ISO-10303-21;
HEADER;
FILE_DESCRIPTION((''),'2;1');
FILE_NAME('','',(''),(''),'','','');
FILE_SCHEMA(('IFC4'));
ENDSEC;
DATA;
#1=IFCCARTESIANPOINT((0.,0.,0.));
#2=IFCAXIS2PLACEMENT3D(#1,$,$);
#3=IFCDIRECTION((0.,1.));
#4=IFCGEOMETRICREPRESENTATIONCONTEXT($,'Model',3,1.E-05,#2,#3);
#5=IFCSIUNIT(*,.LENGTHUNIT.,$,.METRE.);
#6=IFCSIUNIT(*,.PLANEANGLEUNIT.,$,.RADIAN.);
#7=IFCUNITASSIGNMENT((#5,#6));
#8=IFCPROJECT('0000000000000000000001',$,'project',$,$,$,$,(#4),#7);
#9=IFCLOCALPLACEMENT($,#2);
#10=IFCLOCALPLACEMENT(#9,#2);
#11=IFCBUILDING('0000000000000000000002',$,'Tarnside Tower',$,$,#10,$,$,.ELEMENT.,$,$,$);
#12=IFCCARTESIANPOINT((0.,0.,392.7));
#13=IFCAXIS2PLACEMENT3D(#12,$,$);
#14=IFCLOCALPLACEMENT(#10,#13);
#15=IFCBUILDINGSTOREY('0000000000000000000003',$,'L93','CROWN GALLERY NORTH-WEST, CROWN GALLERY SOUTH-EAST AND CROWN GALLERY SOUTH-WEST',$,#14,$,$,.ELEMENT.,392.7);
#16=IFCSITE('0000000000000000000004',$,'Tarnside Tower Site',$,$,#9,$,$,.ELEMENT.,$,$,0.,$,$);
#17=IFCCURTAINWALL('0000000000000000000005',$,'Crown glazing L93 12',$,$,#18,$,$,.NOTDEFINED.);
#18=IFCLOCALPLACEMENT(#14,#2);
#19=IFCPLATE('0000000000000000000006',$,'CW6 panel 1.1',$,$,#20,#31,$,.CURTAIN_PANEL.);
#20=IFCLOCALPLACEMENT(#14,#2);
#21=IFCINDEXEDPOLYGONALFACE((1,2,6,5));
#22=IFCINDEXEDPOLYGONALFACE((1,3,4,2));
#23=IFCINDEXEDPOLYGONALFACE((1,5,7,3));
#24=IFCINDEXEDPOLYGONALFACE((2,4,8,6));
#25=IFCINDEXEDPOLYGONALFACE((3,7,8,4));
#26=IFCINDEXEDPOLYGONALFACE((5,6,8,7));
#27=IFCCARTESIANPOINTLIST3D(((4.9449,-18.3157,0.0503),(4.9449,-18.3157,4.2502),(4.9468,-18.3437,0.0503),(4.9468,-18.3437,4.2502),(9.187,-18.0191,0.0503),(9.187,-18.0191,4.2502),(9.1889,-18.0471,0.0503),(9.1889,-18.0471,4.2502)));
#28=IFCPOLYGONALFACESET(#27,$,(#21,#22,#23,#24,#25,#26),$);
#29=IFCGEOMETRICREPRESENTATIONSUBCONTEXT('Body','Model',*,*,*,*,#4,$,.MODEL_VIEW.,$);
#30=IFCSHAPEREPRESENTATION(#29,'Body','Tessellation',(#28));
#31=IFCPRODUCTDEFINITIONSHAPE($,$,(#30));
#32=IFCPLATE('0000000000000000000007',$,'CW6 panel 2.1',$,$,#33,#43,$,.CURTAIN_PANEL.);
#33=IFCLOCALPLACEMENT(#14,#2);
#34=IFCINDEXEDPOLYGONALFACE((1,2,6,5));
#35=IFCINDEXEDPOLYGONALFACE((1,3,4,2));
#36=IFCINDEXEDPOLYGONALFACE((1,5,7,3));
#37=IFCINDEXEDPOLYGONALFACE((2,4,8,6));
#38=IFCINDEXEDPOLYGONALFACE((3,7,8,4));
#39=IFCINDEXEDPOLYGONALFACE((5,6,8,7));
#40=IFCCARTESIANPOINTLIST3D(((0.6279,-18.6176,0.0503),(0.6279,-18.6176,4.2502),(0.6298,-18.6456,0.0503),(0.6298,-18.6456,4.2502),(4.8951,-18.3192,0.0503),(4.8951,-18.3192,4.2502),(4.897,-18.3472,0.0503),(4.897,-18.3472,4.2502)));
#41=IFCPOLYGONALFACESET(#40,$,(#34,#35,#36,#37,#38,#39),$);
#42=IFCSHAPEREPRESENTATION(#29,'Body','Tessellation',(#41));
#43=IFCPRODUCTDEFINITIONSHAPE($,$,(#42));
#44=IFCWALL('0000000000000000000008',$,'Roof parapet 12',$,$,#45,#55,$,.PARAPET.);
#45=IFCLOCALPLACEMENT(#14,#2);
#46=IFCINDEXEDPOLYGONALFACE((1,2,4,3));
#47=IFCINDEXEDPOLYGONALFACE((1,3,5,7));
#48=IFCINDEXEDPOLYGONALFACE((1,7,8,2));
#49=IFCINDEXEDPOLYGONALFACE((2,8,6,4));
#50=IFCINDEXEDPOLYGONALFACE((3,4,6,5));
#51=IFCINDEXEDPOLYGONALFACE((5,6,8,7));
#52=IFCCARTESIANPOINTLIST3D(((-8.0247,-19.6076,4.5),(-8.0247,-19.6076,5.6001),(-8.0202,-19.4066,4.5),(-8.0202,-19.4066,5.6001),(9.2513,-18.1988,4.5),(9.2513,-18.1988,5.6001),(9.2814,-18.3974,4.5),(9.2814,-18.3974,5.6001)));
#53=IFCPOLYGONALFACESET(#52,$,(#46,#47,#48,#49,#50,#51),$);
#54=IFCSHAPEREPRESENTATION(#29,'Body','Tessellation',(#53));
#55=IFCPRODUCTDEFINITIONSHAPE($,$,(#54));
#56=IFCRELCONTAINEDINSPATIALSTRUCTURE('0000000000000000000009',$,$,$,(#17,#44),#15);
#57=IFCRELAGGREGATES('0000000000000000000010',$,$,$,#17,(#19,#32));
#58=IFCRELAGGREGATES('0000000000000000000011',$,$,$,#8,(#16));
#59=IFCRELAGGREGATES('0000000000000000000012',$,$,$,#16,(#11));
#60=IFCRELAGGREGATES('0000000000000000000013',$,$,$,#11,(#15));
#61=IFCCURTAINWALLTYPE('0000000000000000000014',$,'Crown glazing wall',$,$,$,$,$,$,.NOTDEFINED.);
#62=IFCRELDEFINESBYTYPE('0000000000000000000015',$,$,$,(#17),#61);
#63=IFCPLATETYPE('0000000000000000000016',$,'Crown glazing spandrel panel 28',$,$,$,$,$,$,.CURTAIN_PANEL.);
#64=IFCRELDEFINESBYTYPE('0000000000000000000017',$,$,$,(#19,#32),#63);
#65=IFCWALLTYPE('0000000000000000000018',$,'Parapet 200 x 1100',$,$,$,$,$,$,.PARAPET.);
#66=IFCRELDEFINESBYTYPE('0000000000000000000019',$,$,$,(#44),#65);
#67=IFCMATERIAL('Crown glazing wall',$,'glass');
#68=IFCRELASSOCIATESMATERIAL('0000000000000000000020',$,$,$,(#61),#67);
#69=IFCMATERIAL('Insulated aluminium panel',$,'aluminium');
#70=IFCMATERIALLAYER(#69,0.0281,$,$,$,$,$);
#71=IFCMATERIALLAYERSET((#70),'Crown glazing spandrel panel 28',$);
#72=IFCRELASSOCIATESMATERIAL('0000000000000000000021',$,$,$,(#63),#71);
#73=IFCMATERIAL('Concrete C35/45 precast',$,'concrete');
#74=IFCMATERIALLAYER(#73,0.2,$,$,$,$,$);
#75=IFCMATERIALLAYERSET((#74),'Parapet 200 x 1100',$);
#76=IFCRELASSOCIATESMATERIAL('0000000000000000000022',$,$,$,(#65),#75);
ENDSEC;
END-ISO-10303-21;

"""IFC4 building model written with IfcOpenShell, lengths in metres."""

from ifc_helpers import new_model, si_unit, direction, frame, origin, origin_2d, place, context, subcontext, project, spatial, polyline, rectangle, outline, extrude, material, layer, layer_set, type_object, element, aggregate, save


model = new_model("IFC4")

# Units and contexts
model_context = context("Model", 3, precision=1e-05, world=origin(), true_north=direction((0.0, 1.0)))
body_context = subcontext(model_context, "Body", "Model", "MODEL_VIEW")
ifc_project = project(units=[si_unit("LENGTHUNIT", "METRE"), si_unit("PLANEANGLEUNIT", "RADIAN")], contexts=[model_context])

# Site, building, storey
site_placement = place(None, origin())
site = spatial("IfcSite", under=ifc_project, at=site_placement, Name="Tarnside Tower Site", CompositionType="ELEMENT", RefElevation=0.0)
building_placement = place(site_placement, origin())
building = spatial("IfcBuilding", under=site, at=building_placement, Name="Tarnside Tower", CompositionType="ELEMENT")
storey_placement = place(building_placement, frame((0.0, 0.0, 392.7)))
storey = spatial("IfcBuildingStorey", under=building, at=storey_placement, Name="L93", Description="CROWN GALLERY NORTH-WEST, CROWN GALLERY SOUTH-EAST AND CROWN GALLERY SOUTH-WEST", CompositionType="ELEMENT", Elevation=392.7)

# Shared definitions
ifc_material_1 = material(Name="Crown glazing wall", Category="glass")
curtain_wall_type = type_object("IfcCurtainWallType", Name="Crown glazing wall", PredefinedType="NOTDEFINED", material=ifc_material_1)

# Curtain wall
curtain_wall_1_placement = place(storey_placement, origin())
curtain_wall_1 = element("IfcCurtainWall", 1, at=curtain_wall_1_placement, inside=storey, type_object=curtain_wall_type, Name="Crown glazing L93 12", PredefinedType="NOTDEFINED")

# Plates
ifc_material_2 = material(Name="Insulated aluminium panel", Category="aluminium")
ifc_layer_1 = layer(ifc_material_2, 0.0281)
ifc_layer_set_1 = layer_set([ifc_layer_1], Name="Crown glazing spandrel panel 28")
plate_type_1 = type_object("IfcPlateType", Name="Crown glazing spandrel panel 28", PredefinedType="CURTAIN_PANEL", material=ifc_layer_set_1)
plate_1_placement = place(storey_placement, frame((7.0669, -18.1814, 0.0503), z_axis=(0.0, 0.0, 1.0), x_axis=(-0.997564, -0.069756, 0.0)))
plate_1 = element("IfcPlate", 2, at=plate_1_placement, type_object=plate_type_1, Name="CW6 panel 1.1", PredefinedType="CURTAIN_PANEL", context=body_context, shape_type="SweptSolid", body=[
    extrude(rectangle(XDim=4.2524, YDim=0.0281, at=origin_2d()), origin(), (0.0, 0.0, 1.0), 4.2),
])
plate_2_placement = place(storey_placement, frame((2.7625, -18.4824, 0.0503), z_axis=(0.0, 0.0, 1.0), x_axis=(-0.997564, -0.069756, 0.0)))
plate_2 = element("IfcPlate", 3, at=plate_2_placement, type_object=plate_type_1, Name="CW6 panel 2.1", PredefinedType="CURTAIN_PANEL", context=body_context, shape_type="SweptSolid", body=[
    extrude(rectangle(XDim=4.2776, YDim=0.0281, at=origin_2d()), origin(), (0.0, 0.0, 1.0), 4.2),
])
aggregate(curtain_wall_1, [plate_1, plate_2])

# Wall
ifc_material_3 = material(Name="Concrete C35/45 precast", Category="concrete")
ifc_layer_2 = layer(ifc_material_3, 0.2)
ifc_layer_set_2 = layer_set([ifc_layer_2], Name="Parapet 200 x 1100")
wall_type = type_object("IfcWallType", Name="Parapet 200 x 1100", PredefinedType="PARAPET", material=ifc_layer_set_2)
wall_placement = place(storey_placement, frame((9.2664, -18.2981, 4.5), z_axis=(0.0, 0.0, 1.0), x_axis=(-0.997564, -0.069758, 0.0)))
element("IfcWall", 4, at=wall_placement, inside=storey, type_object=wall_type, Name="Roof parapet 12", PredefinedType="PARAPET", context=body_context, shape_type="SweptSolid", body=[
    extrude(outline(polyline([(0.0081, -0.1001), (17.3218, -0.1001), (17.3403, 0.1001), (-0.0081, 0.1001), (0.0081, -0.1001)])), origin(), (0.0, 0.0, 1.0), 1.1001),
])

save(model, "model.ifc")
